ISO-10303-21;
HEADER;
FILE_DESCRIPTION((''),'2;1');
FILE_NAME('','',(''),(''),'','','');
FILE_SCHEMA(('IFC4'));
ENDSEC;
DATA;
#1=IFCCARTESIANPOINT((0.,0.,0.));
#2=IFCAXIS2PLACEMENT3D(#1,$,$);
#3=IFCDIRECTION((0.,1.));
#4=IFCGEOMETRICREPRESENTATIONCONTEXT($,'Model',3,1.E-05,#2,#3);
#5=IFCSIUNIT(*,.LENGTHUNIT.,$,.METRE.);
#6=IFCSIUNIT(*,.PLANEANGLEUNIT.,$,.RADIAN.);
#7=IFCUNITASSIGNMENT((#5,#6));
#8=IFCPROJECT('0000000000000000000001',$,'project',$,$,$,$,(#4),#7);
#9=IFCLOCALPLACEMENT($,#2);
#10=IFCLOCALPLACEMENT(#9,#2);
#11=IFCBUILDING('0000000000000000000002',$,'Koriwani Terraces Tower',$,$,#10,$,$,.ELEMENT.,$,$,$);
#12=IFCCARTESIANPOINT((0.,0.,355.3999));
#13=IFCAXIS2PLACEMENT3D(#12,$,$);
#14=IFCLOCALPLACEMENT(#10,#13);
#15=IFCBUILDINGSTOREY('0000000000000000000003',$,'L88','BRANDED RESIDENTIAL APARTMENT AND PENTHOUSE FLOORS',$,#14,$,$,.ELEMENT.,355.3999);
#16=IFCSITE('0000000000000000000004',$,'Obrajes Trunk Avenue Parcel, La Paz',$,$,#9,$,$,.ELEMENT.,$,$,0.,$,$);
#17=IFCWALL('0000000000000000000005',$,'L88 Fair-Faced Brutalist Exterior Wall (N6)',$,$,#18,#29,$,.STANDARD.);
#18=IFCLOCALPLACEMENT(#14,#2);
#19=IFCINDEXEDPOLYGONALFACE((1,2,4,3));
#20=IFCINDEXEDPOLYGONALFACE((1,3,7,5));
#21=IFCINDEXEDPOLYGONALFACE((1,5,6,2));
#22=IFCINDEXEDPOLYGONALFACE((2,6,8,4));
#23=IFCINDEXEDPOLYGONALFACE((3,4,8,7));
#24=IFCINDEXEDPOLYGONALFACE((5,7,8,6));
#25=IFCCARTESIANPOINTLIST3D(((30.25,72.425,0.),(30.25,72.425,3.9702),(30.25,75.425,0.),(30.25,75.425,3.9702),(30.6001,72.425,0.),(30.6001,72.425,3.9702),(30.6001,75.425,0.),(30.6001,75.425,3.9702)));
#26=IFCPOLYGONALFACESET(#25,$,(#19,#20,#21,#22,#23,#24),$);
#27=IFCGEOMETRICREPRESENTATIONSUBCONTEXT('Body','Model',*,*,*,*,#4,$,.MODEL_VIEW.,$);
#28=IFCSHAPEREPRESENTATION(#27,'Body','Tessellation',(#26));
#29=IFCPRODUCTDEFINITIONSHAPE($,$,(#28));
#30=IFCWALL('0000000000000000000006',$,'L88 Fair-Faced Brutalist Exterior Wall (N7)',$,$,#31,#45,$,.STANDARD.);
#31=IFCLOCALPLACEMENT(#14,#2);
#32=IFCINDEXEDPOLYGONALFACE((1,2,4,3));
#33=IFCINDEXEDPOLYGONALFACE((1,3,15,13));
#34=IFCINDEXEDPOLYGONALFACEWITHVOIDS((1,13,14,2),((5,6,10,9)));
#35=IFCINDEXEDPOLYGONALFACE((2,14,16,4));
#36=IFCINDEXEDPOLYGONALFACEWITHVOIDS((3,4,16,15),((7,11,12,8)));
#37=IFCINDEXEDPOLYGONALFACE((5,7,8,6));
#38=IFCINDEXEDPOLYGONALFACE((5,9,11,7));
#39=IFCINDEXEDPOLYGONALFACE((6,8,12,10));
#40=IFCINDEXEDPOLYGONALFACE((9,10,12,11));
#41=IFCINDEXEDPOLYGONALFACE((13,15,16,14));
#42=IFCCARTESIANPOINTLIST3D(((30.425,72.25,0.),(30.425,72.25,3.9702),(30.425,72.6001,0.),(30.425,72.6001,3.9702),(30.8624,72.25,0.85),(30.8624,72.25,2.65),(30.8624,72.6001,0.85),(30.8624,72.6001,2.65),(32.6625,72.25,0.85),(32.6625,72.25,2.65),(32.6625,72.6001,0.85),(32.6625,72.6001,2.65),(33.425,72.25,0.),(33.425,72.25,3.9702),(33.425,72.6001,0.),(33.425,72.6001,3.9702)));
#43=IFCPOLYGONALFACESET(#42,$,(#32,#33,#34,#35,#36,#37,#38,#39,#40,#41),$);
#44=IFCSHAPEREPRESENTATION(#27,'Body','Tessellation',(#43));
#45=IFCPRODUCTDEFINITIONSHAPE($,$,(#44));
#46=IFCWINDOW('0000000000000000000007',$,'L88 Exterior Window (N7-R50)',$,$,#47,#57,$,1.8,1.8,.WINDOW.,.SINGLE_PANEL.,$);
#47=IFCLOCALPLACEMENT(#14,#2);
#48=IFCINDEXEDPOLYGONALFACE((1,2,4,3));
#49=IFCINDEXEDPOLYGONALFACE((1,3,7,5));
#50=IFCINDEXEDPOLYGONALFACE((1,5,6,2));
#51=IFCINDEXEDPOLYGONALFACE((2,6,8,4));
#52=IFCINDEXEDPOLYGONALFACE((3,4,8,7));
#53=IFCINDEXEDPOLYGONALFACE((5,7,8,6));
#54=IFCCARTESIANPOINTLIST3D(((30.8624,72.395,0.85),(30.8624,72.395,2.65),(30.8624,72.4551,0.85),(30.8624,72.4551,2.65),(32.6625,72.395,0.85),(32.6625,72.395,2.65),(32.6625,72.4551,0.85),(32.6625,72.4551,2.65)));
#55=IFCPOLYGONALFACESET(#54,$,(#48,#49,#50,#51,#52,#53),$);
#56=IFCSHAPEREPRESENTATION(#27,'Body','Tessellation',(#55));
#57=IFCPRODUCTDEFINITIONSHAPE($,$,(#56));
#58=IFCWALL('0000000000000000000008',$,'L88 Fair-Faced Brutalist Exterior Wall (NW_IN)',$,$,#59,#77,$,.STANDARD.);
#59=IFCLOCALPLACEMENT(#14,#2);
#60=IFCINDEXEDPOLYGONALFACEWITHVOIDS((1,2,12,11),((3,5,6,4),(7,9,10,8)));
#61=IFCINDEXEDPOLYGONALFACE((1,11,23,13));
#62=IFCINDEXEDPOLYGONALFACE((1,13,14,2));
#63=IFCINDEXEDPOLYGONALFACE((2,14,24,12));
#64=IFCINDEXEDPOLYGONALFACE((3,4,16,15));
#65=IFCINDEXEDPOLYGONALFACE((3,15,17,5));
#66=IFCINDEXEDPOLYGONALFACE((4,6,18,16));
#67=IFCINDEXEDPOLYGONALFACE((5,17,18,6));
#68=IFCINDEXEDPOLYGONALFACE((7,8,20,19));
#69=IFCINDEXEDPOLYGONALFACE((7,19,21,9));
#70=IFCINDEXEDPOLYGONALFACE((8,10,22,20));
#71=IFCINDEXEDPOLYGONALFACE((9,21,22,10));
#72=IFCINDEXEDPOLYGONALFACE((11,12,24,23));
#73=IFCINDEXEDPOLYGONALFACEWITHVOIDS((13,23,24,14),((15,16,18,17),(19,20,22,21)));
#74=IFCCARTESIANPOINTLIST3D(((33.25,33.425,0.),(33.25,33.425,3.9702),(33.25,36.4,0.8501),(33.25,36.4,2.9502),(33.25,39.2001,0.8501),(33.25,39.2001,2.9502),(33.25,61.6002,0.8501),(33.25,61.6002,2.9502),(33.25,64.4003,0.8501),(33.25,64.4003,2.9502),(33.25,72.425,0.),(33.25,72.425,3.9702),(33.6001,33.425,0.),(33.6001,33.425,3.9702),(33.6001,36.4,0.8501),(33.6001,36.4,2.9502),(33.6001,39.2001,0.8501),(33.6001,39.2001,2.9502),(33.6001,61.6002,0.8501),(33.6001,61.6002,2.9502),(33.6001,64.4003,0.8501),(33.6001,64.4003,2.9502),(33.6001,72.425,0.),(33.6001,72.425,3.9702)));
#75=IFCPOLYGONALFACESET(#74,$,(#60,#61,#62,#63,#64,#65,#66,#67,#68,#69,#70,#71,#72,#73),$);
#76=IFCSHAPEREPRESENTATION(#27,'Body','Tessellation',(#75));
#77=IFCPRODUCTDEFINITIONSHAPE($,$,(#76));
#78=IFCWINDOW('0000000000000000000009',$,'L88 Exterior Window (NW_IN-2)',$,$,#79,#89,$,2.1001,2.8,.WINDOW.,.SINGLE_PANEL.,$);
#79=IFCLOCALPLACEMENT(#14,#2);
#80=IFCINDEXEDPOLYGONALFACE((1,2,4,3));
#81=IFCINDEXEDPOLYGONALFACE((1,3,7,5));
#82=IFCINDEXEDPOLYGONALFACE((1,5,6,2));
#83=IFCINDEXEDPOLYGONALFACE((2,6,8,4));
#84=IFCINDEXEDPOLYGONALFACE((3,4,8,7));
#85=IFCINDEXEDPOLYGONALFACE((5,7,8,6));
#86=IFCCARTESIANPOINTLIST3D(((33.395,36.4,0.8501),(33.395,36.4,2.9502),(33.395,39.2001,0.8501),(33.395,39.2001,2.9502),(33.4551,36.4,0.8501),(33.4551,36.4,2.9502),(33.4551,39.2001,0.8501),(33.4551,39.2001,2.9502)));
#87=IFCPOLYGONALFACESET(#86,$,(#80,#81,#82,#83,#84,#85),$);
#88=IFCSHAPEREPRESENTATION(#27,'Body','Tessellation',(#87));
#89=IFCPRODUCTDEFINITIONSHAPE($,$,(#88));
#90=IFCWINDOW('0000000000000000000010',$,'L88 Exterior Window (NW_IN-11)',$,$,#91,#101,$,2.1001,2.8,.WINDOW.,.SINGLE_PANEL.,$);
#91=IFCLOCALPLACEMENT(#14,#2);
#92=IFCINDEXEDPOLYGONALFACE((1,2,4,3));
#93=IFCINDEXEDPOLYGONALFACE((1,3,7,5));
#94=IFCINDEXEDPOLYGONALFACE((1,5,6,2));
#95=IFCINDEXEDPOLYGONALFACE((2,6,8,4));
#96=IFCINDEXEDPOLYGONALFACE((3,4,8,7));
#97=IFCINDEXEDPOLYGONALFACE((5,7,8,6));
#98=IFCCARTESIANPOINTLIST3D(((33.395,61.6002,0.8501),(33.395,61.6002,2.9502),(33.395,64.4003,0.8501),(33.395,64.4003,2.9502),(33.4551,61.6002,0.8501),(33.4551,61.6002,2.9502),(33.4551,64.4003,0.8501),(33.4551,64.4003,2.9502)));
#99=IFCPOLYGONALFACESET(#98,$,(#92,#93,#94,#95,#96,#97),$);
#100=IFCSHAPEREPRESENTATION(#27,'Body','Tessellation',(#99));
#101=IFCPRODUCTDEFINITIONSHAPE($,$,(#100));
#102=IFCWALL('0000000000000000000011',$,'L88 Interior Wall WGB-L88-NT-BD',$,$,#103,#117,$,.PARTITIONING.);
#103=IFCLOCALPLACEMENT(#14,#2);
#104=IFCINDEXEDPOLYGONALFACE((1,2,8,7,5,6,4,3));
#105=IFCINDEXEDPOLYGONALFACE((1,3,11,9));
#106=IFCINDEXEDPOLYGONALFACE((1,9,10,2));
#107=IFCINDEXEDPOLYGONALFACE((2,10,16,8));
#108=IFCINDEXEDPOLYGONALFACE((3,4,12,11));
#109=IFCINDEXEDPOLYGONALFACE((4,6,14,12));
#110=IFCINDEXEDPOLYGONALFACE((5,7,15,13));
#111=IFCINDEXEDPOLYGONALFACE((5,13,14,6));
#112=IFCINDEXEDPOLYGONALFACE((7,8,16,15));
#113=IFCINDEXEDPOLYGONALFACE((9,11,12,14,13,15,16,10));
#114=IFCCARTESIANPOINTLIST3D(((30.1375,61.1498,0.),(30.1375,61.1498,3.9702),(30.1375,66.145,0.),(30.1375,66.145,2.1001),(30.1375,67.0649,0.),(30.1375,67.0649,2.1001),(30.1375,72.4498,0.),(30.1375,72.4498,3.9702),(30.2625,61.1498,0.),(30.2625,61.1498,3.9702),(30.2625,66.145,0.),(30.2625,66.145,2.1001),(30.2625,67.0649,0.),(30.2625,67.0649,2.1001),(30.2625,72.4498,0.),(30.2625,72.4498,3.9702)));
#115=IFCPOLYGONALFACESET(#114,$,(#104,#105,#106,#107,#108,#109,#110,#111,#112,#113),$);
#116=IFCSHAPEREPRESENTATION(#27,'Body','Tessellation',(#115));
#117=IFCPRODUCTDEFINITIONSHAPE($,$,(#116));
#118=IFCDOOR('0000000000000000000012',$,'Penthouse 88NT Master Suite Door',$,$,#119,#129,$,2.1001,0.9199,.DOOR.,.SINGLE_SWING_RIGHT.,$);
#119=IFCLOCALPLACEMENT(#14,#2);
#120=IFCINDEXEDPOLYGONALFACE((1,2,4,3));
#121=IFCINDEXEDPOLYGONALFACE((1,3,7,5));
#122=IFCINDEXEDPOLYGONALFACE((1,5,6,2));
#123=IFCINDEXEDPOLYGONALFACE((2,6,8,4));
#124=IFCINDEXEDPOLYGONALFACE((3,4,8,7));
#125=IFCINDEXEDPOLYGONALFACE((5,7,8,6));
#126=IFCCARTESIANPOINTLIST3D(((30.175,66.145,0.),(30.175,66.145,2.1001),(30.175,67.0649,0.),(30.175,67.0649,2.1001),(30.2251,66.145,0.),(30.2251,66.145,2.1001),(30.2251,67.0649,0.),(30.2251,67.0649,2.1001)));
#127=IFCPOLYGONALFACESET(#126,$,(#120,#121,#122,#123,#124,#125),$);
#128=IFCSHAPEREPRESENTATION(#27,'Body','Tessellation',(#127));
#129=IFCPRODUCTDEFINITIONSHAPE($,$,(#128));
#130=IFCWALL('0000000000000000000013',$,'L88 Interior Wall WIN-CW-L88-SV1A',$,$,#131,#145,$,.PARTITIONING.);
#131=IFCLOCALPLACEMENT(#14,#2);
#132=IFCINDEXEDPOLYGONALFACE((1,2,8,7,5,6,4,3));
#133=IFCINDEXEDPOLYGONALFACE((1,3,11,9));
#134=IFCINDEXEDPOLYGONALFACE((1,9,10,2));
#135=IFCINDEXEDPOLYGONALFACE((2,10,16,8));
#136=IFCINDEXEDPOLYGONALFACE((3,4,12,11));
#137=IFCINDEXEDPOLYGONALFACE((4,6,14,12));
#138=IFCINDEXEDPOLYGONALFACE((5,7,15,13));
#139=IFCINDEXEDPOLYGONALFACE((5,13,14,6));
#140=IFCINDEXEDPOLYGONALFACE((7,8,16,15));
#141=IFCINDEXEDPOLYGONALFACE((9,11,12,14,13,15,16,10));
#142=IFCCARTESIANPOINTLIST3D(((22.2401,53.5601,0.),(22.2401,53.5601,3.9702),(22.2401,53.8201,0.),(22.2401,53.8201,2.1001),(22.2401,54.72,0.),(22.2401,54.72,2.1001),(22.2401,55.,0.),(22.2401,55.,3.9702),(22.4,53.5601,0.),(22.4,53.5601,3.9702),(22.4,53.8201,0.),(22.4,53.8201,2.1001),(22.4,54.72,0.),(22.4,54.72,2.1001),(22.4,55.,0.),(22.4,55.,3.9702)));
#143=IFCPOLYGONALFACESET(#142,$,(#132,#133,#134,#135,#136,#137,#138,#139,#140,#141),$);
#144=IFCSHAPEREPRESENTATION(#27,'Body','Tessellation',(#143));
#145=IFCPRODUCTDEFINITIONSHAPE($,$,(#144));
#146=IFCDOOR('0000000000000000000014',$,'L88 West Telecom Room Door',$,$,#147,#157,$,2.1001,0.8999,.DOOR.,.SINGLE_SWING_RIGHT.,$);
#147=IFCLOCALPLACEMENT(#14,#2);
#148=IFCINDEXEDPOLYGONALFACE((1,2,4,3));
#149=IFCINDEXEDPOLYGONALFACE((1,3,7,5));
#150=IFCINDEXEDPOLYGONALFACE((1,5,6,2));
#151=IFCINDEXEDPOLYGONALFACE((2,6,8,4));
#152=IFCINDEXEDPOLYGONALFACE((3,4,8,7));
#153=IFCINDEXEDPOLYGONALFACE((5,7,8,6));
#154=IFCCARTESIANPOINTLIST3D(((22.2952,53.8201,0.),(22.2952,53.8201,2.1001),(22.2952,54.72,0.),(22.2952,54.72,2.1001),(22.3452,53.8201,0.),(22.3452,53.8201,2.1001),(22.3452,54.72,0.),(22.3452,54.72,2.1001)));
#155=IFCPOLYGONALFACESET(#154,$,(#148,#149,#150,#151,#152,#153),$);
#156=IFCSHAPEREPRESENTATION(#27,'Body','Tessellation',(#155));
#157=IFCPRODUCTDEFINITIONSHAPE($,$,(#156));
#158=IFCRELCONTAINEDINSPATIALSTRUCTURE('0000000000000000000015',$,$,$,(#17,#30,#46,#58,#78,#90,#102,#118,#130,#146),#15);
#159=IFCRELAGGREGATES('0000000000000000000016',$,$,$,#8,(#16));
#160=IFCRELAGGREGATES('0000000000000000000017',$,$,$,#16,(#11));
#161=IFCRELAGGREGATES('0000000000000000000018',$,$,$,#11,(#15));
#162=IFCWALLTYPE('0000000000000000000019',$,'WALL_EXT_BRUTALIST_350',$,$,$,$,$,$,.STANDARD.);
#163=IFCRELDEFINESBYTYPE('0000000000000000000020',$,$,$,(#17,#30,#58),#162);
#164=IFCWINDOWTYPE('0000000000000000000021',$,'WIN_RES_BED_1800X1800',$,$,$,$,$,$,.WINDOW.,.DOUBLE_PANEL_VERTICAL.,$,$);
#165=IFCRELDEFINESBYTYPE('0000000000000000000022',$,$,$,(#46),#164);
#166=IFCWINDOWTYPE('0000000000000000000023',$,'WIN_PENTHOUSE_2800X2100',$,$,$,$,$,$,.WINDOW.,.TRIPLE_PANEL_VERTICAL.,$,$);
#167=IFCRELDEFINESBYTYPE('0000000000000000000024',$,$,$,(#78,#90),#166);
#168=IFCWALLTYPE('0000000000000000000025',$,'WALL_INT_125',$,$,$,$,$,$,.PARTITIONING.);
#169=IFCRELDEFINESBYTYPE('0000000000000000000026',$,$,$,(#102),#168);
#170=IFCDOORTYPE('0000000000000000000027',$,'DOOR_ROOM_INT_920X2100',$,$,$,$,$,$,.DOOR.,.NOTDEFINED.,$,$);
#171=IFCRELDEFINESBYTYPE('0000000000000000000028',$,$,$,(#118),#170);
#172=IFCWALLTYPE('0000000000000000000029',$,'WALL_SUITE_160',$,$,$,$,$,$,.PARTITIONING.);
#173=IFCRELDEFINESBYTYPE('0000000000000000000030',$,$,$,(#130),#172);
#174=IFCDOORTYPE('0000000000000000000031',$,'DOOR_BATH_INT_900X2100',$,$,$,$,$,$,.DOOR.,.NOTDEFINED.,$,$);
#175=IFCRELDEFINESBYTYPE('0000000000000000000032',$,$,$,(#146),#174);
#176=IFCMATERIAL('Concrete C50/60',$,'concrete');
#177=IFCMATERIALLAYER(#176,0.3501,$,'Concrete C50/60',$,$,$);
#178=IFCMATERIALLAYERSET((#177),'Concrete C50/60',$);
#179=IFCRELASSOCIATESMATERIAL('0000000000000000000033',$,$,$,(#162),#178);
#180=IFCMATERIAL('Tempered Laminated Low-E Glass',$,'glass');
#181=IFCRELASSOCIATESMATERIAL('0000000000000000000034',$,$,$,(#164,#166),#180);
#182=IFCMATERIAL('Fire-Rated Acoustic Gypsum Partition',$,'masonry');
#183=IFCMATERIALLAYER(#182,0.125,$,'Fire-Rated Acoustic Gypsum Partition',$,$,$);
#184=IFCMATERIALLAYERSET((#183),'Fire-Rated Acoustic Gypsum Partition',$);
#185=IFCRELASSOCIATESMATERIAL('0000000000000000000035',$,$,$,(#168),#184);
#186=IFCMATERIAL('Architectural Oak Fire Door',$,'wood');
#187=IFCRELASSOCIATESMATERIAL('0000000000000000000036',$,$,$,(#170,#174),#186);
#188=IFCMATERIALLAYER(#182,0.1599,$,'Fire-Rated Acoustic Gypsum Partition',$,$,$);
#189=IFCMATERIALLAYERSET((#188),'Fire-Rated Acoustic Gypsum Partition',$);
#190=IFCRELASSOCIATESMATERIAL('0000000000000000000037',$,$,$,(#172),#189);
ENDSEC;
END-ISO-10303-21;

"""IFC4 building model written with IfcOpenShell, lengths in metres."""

from ifc_helpers import new_model, si_unit, direction, frame, frame_2d, origin, place, context, subcontext, project, spatial, rectangle, extrude, material, layer, layer_set, type_object, element, fill, save


model = new_model("IFC4")

# Units and contexts
model_context = context("Model", 3, precision=1e-05, world=origin(), true_north=direction((0.0, 1.0)))
body_context = subcontext(model_context, "Body", "Model", "MODEL_VIEW")
ifc_project = project(units=[si_unit("LENGTHUNIT", "METRE"), si_unit("PLANEANGLEUNIT", "RADIAN")], contexts=[model_context])

# Site, building, storey
site_placement = place(None, origin())
site = spatial("IfcSite", under=ifc_project, at=site_placement, Name="Obrajes Trunk Avenue Parcel, La Paz", CompositionType="ELEMENT", RefElevation=0.0)
building_placement = place(site_placement, origin())
building = spatial("IfcBuilding", under=site, at=building_placement, Name="Koriwani Terraces Tower", CompositionType="ELEMENT")
storey_placement = place(building_placement, frame((0.0, 0.0, 355.3999)))
storey = spatial("IfcBuildingStorey", under=building, at=storey_placement, Name="L88", Description="BRANDED RESIDENTIAL APARTMENT AND PENTHOUSE FLOORS", CompositionType="ELEMENT", Elevation=355.3999)

# Shared definitions
ifc_material_1 = material(Name="Concrete C50/60", Category="concrete")

# Wall
ifc_layer_1 = layer(ifc_material_1, 0.3501, Name="Concrete C50/60")
ifc_layer_set_1 = layer_set([ifc_layer_1], Name="Concrete C50/60")
wall_type_1 = type_object("IfcWallType", Name="WALL_EXT_BRUTALIST_350", PredefinedType="STANDARD", material=ifc_layer_set_1)
wall_1_placement = place(storey_placement, frame((30.425, 75.425, 0.0), z_axis=(0.0, 0.0, 1.0), x_axis=(0.0, -1.0, 0.0)))
element("IfcWall", 1, at=wall_1_placement, inside=storey, type_object=wall_type_1, Name="L88 Fair-Faced Brutalist Exterior Wall (N6)", PredefinedType="STANDARD", context=body_context, shape_type="SweptSolid", body=[
    extrude(rectangle(XDim=3.0, YDim=0.3501, at=frame_2d((1.5, 0.0))), origin(), (0.0, 0.0, 1.0), 3.9702),
])

# Wall, opening, window
wall_2_placement = place(storey_placement, frame((30.425, 72.425, 0.0), z_axis=(0.0, 0.0, 1.0), x_axis=(1.0, 0.0, 0.0)))
wall_2 = element("IfcWall", 2, at=wall_2_placement, inside=storey, type_object=wall_type_1, Name="L88 Fair-Faced Brutalist Exterior Wall (N7)", PredefinedType="STANDARD", context=body_context, shape_type="SweptSolid", body=[
    extrude(rectangle(XDim=3.0, YDim=0.3501, at=frame_2d((1.5, 0.0))), origin(), (0.0, 0.0, 1.0), 3.9702),
])
opening_1_placement = place(wall_2_placement, frame((0.4375, 0.0, 0.8501)))
opening_1 = element("IfcOpeningElement", 3, at=opening_1_placement, cuts=wall_2, PredefinedType="OPENING", context=body_context, shape_type="SweptSolid", body=[
    extrude(rectangle(XDim=1.8, YDim=1.8, at=frame_2d((0.8999, 0.8999))), frame((0.0, 0.1851, 0.0), z_axis=(0.0, -1.0, 0.0), x_axis=(1.0, 0.0, 0.0)), (0.0, 0.0, 1.0), 0.3701),
])
ifc_material_2 = material(Name="Tempered Laminated Low-E Glass", Category="glass")
window_type_1 = type_object("IfcWindowType", Name="WIN_RES_BED_1800X1800", PartitioningType="DOUBLE_PANEL_VERTICAL", PredefinedType="WINDOW", material=ifc_material_2)
window_1_placement = place(opening_1_placement, origin())
window_1 = element("IfcWindow", 4, at=window_1_placement, inside=storey, type_object=window_type_1, Name="L88 Exterior Window (N7-R50)", OverallHeight=1.8, OverallWidth=1.8, PartitioningType="SINGLE_PANEL", PredefinedType="WINDOW", context=body_context, shape_type="SweptSolid", body=[
    extrude(rectangle(XDim=1.8, YDim=1.8, at=frame_2d((0.8999, 0.8999))), frame((0.0, 0.03, 0.0), z_axis=(0.0, -1.0, 0.0), x_axis=(1.0, 0.0, 0.0)), (0.0, 0.0, 1.0), 0.0601),
])
fill(opening_1, window_1)

# Wall, openings, windows
wall_3_placement = place(storey_placement, frame((33.425, 72.425, 0.0), z_axis=(0.0, 0.0, 1.0), x_axis=(0.0, -1.0, 0.0)))
wall_3 = element("IfcWall", 5, at=wall_3_placement, inside=storey, type_object=wall_type_1, Name="L88 Fair-Faced Brutalist Exterior Wall (NW_IN)", PredefinedType="STANDARD", context=body_context, shape_type="SweptSolid", body=[
    extrude(rectangle(XDim=39.0, YDim=0.3501, at=frame_2d((19.5, 0.0))), origin(), (0.0, 0.0, 1.0), 3.9702),
])
opening_2_placement = place(wall_3_placement, frame((33.2251, 0.0, 0.8501)))
opening_2 = element("IfcOpeningElement", 6, at=opening_2_placement, cuts=wall_3, PredefinedType="OPENING", context=body_context, shape_type="SweptSolid", body=[
    extrude(rectangle(XDim=2.8, YDim=2.1001, at=frame_2d((1.3999, 1.05))), frame((0.0, 0.1851, 0.0), z_axis=(0.0, -1.0, 0.0), x_axis=(1.0, 0.0, 0.0)), (0.0, 0.0, 1.0), 0.3701),
])
opening_3_placement = place(wall_3_placement, frame((8.0249, 0.0, 0.8501)))
opening_3 = element("IfcOpeningElement", 7, at=opening_3_placement, cuts=wall_3, PredefinedType="OPENING", context=body_context, shape_type="SweptSolid", body=[
    extrude(rectangle(XDim=2.8, YDim=2.1001, at=frame_2d((1.3999, 1.05))), frame((0.0, 0.1851, 0.0), z_axis=(0.0, -1.0, 0.0), x_axis=(1.0, 0.0, 0.0)), (0.0, 0.0, 1.0), 0.3701),
])
window_type_2 = type_object("IfcWindowType", Name="WIN_PENTHOUSE_2800X2100", PartitioningType="TRIPLE_PANEL_VERTICAL", PredefinedType="WINDOW", material=ifc_material_2)
window_2_placement = place(opening_2_placement, origin())
window_2 = element("IfcWindow", 8, at=window_2_placement, inside=storey, type_object=window_type_2, Name="L88 Exterior Window (NW_IN-2)", OverallHeight=2.1001, OverallWidth=2.8, PartitioningType="SINGLE_PANEL", PredefinedType="WINDOW", context=body_context, shape_type="SweptSolid", body=[
    extrude(rectangle(XDim=2.8, YDim=2.1001, at=frame_2d((1.3999, 1.05))), frame((0.0, 0.03, 0.0), z_axis=(0.0, -1.0, 0.0), x_axis=(1.0, 0.0, 0.0)), (0.0, 0.0, 1.0), 0.0601),
])
fill(opening_2, window_2)
window_3_placement = place(opening_3_placement, origin())
window_3 = element("IfcWindow", 9, at=window_3_placement, inside=storey, type_object=window_type_2, Name="L88 Exterior Window (NW_IN-11)", OverallHeight=2.1001, OverallWidth=2.8, PartitioningType="SINGLE_PANEL", PredefinedType="WINDOW", context=body_context, shape_type="SweptSolid", body=[
    extrude(rectangle(XDim=2.8, YDim=2.1001, at=frame_2d((1.3999, 1.05))), frame((0.0, 0.03, 0.0), z_axis=(0.0, -1.0, 0.0), x_axis=(1.0, 0.0, 0.0)), (0.0, 0.0, 1.0), 0.0601),
])
fill(opening_3, window_3)

# Walls, openings, doors
ifc_material_3 = material(Name="Fire-Rated Acoustic Gypsum Partition", Category="masonry")
ifc_layer_2 = layer(ifc_material_3, 0.125, Name="Fire-Rated Acoustic Gypsum Partition")
ifc_layer_set_2 = layer_set([ifc_layer_2], Name="Fire-Rated Acoustic Gypsum Partition")
wall_type_2 = type_object("IfcWallType", Name="WALL_INT_125", PredefinedType="PARTITIONING", material=ifc_layer_set_2)
wall_4_placement = place(storey_placement, frame((30.2, 61.1499, 0.0), z_axis=(0.0, 0.0, 1.0), x_axis=(0.0, 1.0, 0.0)))
wall_4 = element("IfcWall", 10, at=wall_4_placement, inside=storey, type_object=wall_type_2, Name="L88 Interior Wall WGB-L88-NT-BD", PredefinedType="PARTITIONING", context=body_context, shape_type="SweptSolid", body=[
    extrude(rectangle(XDim=11.3, YDim=0.125, at=frame_2d((5.6499, 0.0))), origin(), (0.0, 0.0, 1.0), 3.9702),
])
opening_4_placement = place(wall_4_placement, frame((4.9951, 0.0, 0.0)))
opening_4 = element("IfcOpeningElement", 11, at=opening_4_placement, cuts=wall_4, PredefinedType="OPENING", context=body_context, shape_type="SweptSolid", body=[
    extrude(rectangle(XDim=0.9199, YDim=2.1001, at=frame_2d((0.46, 1.05))), frame((0.0, 0.0725, 0.0), z_axis=(0.0, -1.0, 0.0), x_axis=(1.0, 0.0, 0.0)), (0.0, 0.0, 1.0), 0.145),
])
ifc_material_4 = material(Name="Architectural Oak Fire Door", Category="wood")
door_type_1 = type_object("IfcDoorType", Name="DOOR_ROOM_INT_920X2100", OperationType="NOTDEFINED", PredefinedType="DOOR", material=ifc_material_4)
door_1_placement = place(opening_4_placement, origin())
door_1 = element("IfcDoor", 12, at=door_1_placement, inside=storey, type_object=door_type_1, Name="Penthouse 88NT Master Suite Door", OperationType="SINGLE_SWING_RIGHT", OverallHeight=2.1001, OverallWidth=0.9199, PredefinedType="DOOR", context=body_context, shape_type="SweptSolid", body=[
    extrude(rectangle(XDim=0.9199, YDim=2.1001, at=frame_2d((0.46, 1.05))), frame((0.0, 0.0249, 0.0), z_axis=(0.0, -1.0, 0.0), x_axis=(1.0, 0.0, 0.0)), (0.0, 0.0, 1.0), 0.05),
])
fill(opening_4, door_1)
ifc_layer_3 = layer(ifc_material_3, 0.1599, Name="Fire-Rated Acoustic Gypsum Partition")
ifc_layer_set_3 = layer_set([ifc_layer_3], Name="Fire-Rated Acoustic Gypsum Partition")
wall_type_3 = type_object("IfcWallType", Name="WALL_SUITE_160", PredefinedType="PARTITIONING", material=ifc_layer_set_3)
wall_5_placement = place(storey_placement, frame((22.3201, 53.5601, 0.0), z_axis=(0.0, 0.0, 1.0), x_axis=(0.0, 1.0, 0.0)))
wall_5 = element("IfcWall", 13, at=wall_5_placement, inside=storey, type_object=wall_type_3, Name="L88 Interior Wall WIN-CW-L88-SV1A", PredefinedType="PARTITIONING", context=body_context, shape_type="SweptSolid", body=[
    extrude(rectangle(XDim=1.4399, YDim=0.1599, at=frame_2d((0.72, 0.0))), origin(), (0.0, 0.0, 1.0), 3.9702),
])
opening_5_placement = place(wall_5_placement, frame((0.26, 0.0, 0.0)))
opening_5 = element("IfcOpeningElement", 14, at=opening_5_placement, cuts=wall_5, PredefinedType="OPENING", context=body_context, shape_type="SweptSolid", body=[
    extrude(rectangle(XDim=0.8999, YDim=2.1001, at=frame_2d((0.45, 1.05))), frame((0.0, 0.0898, 0.0), z_axis=(0.0, -1.0, 0.0), x_axis=(1.0, 0.0, 0.0)), (0.0, 0.0, 1.0), 0.1799),
])
door_type_2 = type_object("IfcDoorType", Name="DOOR_BATH_INT_900X2100", OperationType="NOTDEFINED", PredefinedType="DOOR", material=ifc_material_4)
door_2_placement = place(opening_5_placement, origin())
door_2 = element("IfcDoor", 15, at=door_2_placement, inside=storey, type_object=door_type_2, Name="L88 West Telecom Room Door", OperationType="SINGLE_SWING_RIGHT", OverallHeight=2.1001, OverallWidth=0.8999, PredefinedType="DOOR", context=body_context, shape_type="SweptSolid", body=[
    extrude(rectangle(XDim=0.8999, YDim=2.1001, at=frame_2d((0.45, 1.05))), frame((0.0, 0.0249, 0.0), z_axis=(0.0, -1.0, 0.0), x_axis=(1.0, 0.0, 0.0)), (0.0, 0.0, 1.0), 0.05),
])
fill(opening_5, door_2)

save(model, "model.ifc")
